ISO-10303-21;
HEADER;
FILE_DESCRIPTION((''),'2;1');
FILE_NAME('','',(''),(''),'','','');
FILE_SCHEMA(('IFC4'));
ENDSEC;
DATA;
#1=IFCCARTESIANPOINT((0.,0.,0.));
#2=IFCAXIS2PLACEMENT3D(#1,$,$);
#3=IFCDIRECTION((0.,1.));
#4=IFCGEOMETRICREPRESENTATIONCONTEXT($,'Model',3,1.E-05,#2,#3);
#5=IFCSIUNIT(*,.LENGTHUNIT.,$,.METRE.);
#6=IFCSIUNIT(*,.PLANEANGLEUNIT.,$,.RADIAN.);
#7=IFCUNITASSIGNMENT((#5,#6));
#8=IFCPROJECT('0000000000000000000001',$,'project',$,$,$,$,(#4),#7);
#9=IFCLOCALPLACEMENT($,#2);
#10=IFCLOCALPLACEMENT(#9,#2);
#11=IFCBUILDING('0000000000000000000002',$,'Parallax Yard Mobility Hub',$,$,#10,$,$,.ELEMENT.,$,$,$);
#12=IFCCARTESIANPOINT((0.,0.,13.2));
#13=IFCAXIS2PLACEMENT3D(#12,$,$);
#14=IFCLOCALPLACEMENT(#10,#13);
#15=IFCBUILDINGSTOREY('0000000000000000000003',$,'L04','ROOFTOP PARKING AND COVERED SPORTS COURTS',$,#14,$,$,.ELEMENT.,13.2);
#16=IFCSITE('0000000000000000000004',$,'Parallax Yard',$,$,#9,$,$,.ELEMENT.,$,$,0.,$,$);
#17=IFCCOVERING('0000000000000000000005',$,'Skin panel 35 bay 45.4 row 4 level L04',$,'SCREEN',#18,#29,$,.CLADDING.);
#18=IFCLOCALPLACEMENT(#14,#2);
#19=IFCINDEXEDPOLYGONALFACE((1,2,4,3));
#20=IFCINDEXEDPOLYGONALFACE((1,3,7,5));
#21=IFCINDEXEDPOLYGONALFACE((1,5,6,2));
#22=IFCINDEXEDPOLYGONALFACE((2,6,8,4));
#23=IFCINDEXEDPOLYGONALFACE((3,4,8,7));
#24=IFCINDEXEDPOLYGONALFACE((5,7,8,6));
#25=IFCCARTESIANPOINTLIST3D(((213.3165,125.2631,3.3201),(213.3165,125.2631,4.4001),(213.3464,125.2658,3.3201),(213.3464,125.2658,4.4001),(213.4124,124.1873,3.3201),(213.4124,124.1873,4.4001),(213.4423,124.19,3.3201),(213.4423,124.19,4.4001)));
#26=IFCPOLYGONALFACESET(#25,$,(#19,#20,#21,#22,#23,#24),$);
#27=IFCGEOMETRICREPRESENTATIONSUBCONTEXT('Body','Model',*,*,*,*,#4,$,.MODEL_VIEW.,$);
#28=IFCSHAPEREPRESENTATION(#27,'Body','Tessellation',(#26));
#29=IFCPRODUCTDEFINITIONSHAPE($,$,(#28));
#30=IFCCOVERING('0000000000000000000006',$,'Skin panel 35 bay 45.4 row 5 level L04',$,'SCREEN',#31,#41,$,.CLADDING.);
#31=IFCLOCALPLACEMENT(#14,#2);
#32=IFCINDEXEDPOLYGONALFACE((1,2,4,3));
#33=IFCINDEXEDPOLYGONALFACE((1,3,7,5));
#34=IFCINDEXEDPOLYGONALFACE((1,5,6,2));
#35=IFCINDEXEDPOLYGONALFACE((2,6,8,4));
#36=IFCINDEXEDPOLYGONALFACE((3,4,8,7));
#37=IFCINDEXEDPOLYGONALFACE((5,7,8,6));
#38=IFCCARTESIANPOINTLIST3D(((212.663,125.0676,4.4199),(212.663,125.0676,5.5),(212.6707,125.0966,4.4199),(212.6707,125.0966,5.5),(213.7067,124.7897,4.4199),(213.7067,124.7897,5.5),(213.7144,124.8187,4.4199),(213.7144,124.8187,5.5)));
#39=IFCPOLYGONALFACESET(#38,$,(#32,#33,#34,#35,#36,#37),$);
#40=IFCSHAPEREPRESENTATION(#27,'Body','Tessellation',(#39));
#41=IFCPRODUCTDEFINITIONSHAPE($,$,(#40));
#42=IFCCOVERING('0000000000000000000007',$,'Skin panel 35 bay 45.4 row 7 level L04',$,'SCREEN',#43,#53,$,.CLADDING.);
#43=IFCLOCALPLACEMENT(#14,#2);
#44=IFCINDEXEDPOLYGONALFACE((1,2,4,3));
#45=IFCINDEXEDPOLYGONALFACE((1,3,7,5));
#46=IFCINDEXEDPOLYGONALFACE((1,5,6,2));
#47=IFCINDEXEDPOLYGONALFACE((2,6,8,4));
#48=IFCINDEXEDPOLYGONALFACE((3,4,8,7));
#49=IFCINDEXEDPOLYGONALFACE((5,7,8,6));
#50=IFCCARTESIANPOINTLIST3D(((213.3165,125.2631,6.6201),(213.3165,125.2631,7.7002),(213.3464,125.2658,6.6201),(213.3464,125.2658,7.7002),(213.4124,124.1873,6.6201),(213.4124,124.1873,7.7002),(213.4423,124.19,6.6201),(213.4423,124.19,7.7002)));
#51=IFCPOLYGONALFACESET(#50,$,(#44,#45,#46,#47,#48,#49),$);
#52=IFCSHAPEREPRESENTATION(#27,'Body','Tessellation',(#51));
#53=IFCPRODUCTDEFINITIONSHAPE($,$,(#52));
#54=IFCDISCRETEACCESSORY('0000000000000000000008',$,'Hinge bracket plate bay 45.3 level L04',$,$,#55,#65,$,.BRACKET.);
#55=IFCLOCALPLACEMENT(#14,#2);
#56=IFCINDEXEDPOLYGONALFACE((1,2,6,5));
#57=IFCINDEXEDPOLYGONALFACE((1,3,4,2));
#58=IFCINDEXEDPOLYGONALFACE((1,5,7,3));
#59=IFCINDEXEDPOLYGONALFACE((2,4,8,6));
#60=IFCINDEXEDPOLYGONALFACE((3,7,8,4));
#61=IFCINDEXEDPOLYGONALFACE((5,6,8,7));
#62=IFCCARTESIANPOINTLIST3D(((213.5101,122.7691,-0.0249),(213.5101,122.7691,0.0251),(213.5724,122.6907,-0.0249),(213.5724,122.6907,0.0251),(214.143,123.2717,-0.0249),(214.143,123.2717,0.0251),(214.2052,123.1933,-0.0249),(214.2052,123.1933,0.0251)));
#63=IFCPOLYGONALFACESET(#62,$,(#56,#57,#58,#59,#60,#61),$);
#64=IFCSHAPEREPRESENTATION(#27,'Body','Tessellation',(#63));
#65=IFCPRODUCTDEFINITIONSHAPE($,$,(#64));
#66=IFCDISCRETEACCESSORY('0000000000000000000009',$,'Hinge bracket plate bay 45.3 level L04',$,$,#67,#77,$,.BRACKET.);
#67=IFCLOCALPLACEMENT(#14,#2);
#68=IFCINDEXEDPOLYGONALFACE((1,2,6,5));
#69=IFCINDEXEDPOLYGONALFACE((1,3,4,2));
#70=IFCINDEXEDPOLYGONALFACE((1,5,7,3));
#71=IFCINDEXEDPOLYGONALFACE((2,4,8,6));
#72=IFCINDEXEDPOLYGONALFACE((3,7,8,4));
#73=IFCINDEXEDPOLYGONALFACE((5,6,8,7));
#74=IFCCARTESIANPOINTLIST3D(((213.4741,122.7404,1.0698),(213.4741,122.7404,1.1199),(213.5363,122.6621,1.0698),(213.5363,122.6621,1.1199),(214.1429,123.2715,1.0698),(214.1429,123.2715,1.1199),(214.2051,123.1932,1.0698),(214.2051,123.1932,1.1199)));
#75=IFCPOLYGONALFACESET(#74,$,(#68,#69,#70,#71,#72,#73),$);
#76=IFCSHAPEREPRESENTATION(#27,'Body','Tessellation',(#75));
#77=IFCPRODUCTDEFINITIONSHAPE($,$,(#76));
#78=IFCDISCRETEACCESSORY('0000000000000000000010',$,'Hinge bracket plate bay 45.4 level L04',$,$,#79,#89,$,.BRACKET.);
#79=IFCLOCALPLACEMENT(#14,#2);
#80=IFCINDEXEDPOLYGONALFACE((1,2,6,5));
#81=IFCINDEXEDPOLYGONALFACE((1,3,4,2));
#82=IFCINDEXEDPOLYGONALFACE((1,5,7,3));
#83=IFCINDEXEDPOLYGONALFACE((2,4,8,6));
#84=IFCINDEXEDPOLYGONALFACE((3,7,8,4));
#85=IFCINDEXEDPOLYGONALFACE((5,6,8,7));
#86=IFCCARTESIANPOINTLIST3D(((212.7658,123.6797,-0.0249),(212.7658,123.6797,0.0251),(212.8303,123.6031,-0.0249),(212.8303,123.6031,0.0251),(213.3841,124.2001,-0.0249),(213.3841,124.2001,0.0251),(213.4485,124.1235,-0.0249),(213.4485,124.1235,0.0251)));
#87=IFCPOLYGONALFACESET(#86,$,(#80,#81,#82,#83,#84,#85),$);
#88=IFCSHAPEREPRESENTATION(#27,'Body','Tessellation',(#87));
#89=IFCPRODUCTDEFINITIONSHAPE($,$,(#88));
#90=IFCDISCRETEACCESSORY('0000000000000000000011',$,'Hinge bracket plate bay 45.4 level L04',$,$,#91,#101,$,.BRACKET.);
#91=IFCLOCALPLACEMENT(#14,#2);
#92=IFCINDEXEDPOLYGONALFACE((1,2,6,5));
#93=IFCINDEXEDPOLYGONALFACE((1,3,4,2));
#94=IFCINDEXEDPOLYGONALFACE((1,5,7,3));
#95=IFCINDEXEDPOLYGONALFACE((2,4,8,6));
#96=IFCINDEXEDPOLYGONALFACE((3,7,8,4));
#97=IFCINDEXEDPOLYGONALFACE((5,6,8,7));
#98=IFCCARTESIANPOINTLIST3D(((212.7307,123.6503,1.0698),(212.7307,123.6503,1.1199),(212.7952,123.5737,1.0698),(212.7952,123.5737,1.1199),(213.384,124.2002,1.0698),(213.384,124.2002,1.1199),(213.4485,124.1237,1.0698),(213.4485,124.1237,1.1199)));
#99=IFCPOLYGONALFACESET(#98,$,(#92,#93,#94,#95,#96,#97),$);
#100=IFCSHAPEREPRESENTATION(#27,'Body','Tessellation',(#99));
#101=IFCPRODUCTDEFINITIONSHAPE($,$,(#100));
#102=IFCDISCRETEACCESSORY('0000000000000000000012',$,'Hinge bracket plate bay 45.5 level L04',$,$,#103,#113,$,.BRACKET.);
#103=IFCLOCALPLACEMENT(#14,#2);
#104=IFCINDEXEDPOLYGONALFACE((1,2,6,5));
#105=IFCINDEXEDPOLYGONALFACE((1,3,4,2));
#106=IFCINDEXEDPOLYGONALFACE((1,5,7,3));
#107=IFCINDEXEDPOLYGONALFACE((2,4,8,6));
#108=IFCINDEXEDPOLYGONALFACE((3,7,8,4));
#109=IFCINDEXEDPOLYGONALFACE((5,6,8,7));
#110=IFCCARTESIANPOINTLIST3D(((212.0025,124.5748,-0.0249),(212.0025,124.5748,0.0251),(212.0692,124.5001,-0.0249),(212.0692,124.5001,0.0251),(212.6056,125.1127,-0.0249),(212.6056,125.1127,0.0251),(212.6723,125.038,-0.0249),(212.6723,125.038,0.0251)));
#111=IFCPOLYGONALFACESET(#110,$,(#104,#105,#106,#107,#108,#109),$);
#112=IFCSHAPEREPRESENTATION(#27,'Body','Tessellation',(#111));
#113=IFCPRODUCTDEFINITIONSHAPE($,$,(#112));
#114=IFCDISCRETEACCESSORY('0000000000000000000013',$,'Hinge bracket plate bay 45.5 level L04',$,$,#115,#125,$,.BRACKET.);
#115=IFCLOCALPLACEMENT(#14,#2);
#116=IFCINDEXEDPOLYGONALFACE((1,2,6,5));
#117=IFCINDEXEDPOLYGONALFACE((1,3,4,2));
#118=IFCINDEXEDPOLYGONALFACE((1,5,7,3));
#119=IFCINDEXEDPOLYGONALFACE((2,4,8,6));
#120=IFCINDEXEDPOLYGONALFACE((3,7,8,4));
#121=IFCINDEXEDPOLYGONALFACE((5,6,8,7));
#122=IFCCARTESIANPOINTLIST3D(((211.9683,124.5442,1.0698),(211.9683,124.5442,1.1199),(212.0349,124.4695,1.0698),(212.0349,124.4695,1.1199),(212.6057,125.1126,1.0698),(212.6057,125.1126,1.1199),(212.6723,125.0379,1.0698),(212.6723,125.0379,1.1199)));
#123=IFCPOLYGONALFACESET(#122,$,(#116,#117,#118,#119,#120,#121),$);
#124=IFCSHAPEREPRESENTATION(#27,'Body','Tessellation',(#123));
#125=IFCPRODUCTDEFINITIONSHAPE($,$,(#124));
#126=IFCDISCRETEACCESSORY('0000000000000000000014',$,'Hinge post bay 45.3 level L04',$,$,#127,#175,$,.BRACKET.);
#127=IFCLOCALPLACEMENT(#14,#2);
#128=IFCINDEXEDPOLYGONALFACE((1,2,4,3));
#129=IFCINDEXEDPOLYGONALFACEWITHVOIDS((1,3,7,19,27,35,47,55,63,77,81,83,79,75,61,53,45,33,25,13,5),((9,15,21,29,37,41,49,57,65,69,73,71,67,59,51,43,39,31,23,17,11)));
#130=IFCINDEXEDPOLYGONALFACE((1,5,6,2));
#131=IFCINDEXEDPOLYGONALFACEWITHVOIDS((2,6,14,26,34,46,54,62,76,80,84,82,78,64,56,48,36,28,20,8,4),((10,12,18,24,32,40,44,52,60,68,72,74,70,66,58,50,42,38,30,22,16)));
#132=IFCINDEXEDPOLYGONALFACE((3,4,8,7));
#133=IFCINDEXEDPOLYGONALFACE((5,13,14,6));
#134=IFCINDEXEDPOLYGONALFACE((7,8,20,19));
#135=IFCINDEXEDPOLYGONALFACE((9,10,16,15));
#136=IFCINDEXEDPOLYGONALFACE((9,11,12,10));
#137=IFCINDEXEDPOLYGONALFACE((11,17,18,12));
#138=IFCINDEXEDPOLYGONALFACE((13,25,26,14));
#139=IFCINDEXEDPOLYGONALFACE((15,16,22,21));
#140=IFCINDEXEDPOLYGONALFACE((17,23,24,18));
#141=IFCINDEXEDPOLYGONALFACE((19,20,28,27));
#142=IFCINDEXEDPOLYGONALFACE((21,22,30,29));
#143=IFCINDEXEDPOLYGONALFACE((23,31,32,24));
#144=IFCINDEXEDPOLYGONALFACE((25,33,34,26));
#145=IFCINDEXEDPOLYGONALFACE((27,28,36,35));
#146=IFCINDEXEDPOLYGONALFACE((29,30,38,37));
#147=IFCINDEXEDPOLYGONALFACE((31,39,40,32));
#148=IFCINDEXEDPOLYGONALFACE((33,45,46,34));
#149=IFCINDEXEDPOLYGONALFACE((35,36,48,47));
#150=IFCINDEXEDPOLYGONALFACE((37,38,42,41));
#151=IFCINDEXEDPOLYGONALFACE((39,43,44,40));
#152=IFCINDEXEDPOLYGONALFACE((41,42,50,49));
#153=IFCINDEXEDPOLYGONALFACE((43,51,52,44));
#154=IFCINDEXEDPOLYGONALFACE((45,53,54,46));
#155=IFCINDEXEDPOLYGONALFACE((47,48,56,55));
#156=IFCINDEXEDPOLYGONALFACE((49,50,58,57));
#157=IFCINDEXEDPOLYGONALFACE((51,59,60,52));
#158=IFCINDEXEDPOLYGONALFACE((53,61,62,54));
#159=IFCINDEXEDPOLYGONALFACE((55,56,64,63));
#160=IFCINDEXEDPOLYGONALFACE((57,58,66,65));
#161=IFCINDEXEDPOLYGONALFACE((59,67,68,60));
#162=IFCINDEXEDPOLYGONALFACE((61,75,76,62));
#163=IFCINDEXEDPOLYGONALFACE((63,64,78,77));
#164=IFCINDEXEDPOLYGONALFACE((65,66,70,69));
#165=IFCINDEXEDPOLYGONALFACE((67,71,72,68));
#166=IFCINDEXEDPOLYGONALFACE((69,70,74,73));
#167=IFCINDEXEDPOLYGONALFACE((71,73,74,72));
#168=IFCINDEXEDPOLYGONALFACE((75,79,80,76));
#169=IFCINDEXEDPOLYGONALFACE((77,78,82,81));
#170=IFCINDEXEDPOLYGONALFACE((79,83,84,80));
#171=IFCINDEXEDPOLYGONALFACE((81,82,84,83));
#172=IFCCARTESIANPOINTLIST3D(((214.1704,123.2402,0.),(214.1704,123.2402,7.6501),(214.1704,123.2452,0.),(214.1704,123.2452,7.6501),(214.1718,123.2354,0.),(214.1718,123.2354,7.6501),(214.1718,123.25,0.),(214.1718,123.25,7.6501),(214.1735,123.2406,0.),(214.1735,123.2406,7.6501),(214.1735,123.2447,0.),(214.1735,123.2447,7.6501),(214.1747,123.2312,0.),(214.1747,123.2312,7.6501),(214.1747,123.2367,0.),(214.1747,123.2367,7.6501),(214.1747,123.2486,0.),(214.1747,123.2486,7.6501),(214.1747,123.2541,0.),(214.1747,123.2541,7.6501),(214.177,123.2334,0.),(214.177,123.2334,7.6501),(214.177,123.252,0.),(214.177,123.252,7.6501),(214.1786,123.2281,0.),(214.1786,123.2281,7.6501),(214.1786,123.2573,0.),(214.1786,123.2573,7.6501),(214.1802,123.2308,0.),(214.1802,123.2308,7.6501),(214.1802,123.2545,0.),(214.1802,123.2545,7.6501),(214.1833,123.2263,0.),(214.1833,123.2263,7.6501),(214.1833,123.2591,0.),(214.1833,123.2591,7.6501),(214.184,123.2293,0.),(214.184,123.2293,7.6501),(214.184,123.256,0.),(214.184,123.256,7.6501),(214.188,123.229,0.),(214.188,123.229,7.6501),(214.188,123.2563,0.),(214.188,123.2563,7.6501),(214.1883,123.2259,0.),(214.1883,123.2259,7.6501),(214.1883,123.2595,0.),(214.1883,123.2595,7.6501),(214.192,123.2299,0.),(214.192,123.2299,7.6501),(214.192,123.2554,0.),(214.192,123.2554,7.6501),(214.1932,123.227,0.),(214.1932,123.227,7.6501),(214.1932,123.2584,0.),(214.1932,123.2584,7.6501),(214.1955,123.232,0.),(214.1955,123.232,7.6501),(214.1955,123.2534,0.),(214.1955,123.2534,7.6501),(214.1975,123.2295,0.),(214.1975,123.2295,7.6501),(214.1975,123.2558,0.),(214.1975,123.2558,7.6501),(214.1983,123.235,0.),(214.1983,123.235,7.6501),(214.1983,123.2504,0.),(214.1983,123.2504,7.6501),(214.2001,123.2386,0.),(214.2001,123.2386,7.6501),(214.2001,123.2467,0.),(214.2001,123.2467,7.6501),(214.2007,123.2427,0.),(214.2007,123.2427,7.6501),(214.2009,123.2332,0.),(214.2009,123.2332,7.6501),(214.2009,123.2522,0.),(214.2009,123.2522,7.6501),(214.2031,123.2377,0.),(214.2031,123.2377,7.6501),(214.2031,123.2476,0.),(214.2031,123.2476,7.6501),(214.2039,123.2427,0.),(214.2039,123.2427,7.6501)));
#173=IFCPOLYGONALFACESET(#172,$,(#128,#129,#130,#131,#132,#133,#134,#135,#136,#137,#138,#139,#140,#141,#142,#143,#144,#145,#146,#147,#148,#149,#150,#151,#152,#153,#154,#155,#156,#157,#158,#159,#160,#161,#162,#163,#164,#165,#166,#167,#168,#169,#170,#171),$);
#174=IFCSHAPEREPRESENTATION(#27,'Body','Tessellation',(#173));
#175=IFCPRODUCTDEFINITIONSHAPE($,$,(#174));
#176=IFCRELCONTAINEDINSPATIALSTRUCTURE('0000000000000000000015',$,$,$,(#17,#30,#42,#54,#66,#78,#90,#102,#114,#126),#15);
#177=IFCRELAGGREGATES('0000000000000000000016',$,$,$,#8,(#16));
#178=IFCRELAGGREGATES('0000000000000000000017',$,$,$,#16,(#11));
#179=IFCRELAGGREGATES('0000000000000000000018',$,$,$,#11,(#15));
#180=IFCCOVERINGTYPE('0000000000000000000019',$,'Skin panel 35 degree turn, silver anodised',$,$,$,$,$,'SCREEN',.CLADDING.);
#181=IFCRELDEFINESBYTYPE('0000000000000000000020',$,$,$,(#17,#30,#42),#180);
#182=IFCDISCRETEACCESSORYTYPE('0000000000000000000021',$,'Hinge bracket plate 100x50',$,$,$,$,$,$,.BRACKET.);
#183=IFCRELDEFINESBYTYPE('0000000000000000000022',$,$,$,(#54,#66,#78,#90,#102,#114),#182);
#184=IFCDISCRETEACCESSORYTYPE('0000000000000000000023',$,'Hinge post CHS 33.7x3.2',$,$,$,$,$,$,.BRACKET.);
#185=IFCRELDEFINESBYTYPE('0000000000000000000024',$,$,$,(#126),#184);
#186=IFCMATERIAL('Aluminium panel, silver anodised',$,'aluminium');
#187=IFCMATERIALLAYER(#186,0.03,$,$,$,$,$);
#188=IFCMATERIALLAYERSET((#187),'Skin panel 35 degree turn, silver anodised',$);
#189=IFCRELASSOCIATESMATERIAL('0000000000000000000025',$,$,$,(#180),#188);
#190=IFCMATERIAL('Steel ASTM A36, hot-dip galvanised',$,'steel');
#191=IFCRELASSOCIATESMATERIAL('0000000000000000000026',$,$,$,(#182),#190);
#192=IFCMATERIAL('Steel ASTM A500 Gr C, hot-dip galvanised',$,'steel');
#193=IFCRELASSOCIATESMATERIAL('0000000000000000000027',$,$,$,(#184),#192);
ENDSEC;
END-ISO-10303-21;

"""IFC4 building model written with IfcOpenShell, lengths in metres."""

from ifc_helpers import new_model, si_unit, direction, frame, origin, origin_2d, place, context, subcontext, project, spatial, rectangle, hollow_circle, extrude, material, layer, layer_set, material_profile, profile_set, type_object, element, save


model = new_model("IFC4")

# Units and contexts
model_context = context("Model", 3, precision=1e-05, world=origin(), true_north=direction((0.0, 1.0)))
body_context = subcontext(model_context, "Body", "Model", "MODEL_VIEW")
ifc_project = project(units=[si_unit("LENGTHUNIT", "METRE"), si_unit("PLANEANGLEUNIT", "RADIAN")], contexts=[model_context])

# Site, building, storey
site_placement = place(None, origin())
site = spatial("IfcSite", under=ifc_project, at=site_placement, Name="Parallax Yard", CompositionType="ELEMENT", RefElevation=0.0)
building_placement = place(site_placement, origin())
building = spatial("IfcBuilding", under=site, at=building_placement, Name="Parallax Yard Mobility Hub", CompositionType="ELEMENT")
storey_placement = place(building_placement, frame((0.0, 0.0, 13.2)))
storey = spatial("IfcBuildingStorey", under=building, at=storey_placement, Name="L04", Description="ROOFTOP PARKING AND COVERED SPORTS COURTS", CompositionType="ELEMENT", Elevation=13.2)

# Coverings
ifc_material_1 = material(Name="Aluminium panel, silver anodised", Category="aluminium")
ifc_layer_1 = layer(ifc_material_1, 0.03)
ifc_layer_set_1 = layer_set([ifc_layer_1], Name="Skin panel 35 degree turn, silver anodised")
covering_type_1 = type_object("IfcCoveringType", Name="Skin panel 35 degree turn, silver anodised", ElementType="SCREEN", PredefinedType="CLADDING", material=ifc_layer_set_1)
for number, where, z_axis, x_axis, name in (
    (1, (213.3794, 124.7266, 3.3201), (0.0, 0.0, 1.0), (-0.088736, 0.996055, 0.0), "Skin panel 35 bay 45.4 row 4 level L04"),
    (2, (213.1887, 124.9431, 4.4199), (0.0, 0.0, 1.0), (0.966335, -0.257286, 0.0), "Skin panel 35 bay 45.4 row 5 level L04"),
    (3, (213.3794, 124.7266, 6.6201), (0.0, 0.0, 1.0), (-0.088736, 0.996055, 0.0), "Skin panel 35 bay 45.4 row 7 level L04"),
):
    element("IfcCovering", number, at=place(storey_placement, frame(where, z_axis=z_axis, x_axis=x_axis)), inside=storey, type_object=covering_type_1, Name=name, ObjectType="SCREEN", PredefinedType="CLADDING", context=body_context, shape_type="SweptSolid", body=[
        extrude(rectangle(XDim=1.0801, YDim=0.03, at=origin_2d()), origin(), (0.0, 0.0, 1.0), 1.0801),
    ])

# Discrete accessories
ifc_material_2 = material(Name="Steel ASTM A36, hot-dip galvanised", Category="steel")
discrete_accessory_type_1 = type_object("IfcDiscreteAccessoryType", Name="Hinge bracket plate 100x50", PredefinedType="BRACKET", material=ifc_material_2)
discrete_accessory_1_placement = place(storey_placement, frame((213.8577, 122.9812, -0.0249), z_axis=(0.0, 0.0, 1.0), x_axis=(0.783102, 0.621893, 0.0)))
element("IfcDiscreteAccessory", 4, at=discrete_accessory_1_placement, inside=storey, type_object=discrete_accessory_type_1, Name="Hinge bracket plate bay 45.3 level L04", PredefinedType="BRACKET", context=body_context, shape_type="SweptSolid", body=[
    extrude(rectangle(XDim=0.8081, YDim=0.1001, at=origin_2d()), origin(), (0.0, 0.0, 1.0), 0.05),
])
discrete_accessory_2_placement = place(storey_placement, frame((213.8396, 122.9668, 1.0698), z_axis=(0.0, 0.0, 1.0), x_axis=(0.783102, 0.621893, 0.0)))
element("IfcDiscreteAccessory", 5, at=discrete_accessory_2_placement, inside=storey, type_object=discrete_accessory_type_1, Name="Hinge bracket plate bay 45.3 level L04", PredefinedType="BRACKET", context=body_context, shape_type="SweptSolid", body=[
    extrude(rectangle(XDim=0.854, YDim=0.1001, at=origin_2d()), origin(), (0.0, 0.0, 1.0), 0.05),
])
discrete_accessory_3_placement = place(storey_placement, frame((213.1072, 123.9016, -0.0249), z_axis=(0.0, 0.0, 1.0), x_axis=(0.765024, 0.644002, 0.0)))
element("IfcDiscreteAccessory", 6, at=discrete_accessory_3_placement, inside=storey, type_object=discrete_accessory_type_1, Name="Hinge bracket plate bay 45.4 level L04", PredefinedType="BRACKET", context=body_context, shape_type="SweptSolid", body=[
    extrude(rectangle(XDim=0.8081, YDim=0.1001, at=origin_2d()), origin(), (0.0, 0.0, 1.0), 0.05),
])
discrete_accessory_4_placement = place(storey_placement, frame((213.0896, 123.887, 1.0698), z_axis=(0.0, 0.0, 1.0), x_axis=(0.765024, 0.644002, 0.0)))
element("IfcDiscreteAccessory", 7, at=discrete_accessory_4_placement, inside=storey, type_object=discrete_accessory_type_1, Name="Hinge bracket plate bay 45.4 level L04", PredefinedType="BRACKET", context=body_context, shape_type="SweptSolid", body=[
    extrude(rectangle(XDim=0.854, YDim=0.1001, at=origin_2d()), origin(), (0.0, 0.0, 1.0), 0.05),
])
discrete_accessory_5_placement = place(storey_placement, frame((212.3374, 124.8064, -0.0249), z_axis=(0.0, 0.0, 1.0), x_axis=(0.746321, 0.665586, 0.0)))
element("IfcDiscreteAccessory", 8, at=discrete_accessory_5_placement, inside=storey, type_object=discrete_accessory_type_1, Name="Hinge bracket plate bay 45.5 level L04", PredefinedType="BRACKET", context=body_context, shape_type="SweptSolid", body=[
    extrude(rectangle(XDim=0.8081, YDim=0.1001, at=origin_2d()), origin(), (0.0, 0.0, 1.0), 0.05),
])
discrete_accessory_6_placement = place(storey_placement, frame((212.3203, 124.791, 1.0698), z_axis=(0.0, 0.0, 1.0), x_axis=(0.746321, 0.665586, 0.0)))
element("IfcDiscreteAccessory", 9, at=discrete_accessory_6_placement, inside=storey, type_object=discrete_accessory_type_1, Name="Hinge bracket plate bay 45.5 level L04", PredefinedType="BRACKET", context=body_context, shape_type="SweptSolid", body=[
    extrude(rectangle(XDim=0.854, YDim=0.1001, at=origin_2d()), origin(), (0.0, 0.0, 1.0), 0.05),
])
ifc_material_3 = material(Name="Steel ASTM A500 Gr C, hot-dip galvanised", Category="steel")
ifc_material_profile_1 = material_profile(ifc_material_3, hollow_circle(Radius=0.0168, WallThickness=0.0032, at=origin_2d()), Name="CHS 33.7x3.2")
ifc_profile_set_1 = profile_set([ifc_material_profile_1], Name="Steel ASTM A500 Gr C, hot-dip galvanised")
discrete_accessory_type_2 = type_object("IfcDiscreteAccessoryType", Name="Hinge post CHS 33.7x3.2", PredefinedType="BRACKET", material=ifc_profile_set_1)
for number, where, z_axis, x_axis, name in (
    (10, (214.187, 123.2427, 0.0), (0.0, 0.0, 1.0), (1.0, 0.0, 0.0), "Hinge post bay 45.3 level L04"),
):
    element("IfcDiscreteAccessory", number, at=place(storey_placement, frame(where, z_axis=z_axis, x_axis=x_axis)), inside=storey, type_object=discrete_accessory_type_2, Name=name, PredefinedType="BRACKET", context=body_context, shape_type="SweptSolid", body=[
        extrude(hollow_circle(Radius=0.0168, WallThickness=0.0032, at=origin_2d()), origin(), (0.0, 0.0, 1.0), 7.6501),
    ])

save(model, "model.ifc")
